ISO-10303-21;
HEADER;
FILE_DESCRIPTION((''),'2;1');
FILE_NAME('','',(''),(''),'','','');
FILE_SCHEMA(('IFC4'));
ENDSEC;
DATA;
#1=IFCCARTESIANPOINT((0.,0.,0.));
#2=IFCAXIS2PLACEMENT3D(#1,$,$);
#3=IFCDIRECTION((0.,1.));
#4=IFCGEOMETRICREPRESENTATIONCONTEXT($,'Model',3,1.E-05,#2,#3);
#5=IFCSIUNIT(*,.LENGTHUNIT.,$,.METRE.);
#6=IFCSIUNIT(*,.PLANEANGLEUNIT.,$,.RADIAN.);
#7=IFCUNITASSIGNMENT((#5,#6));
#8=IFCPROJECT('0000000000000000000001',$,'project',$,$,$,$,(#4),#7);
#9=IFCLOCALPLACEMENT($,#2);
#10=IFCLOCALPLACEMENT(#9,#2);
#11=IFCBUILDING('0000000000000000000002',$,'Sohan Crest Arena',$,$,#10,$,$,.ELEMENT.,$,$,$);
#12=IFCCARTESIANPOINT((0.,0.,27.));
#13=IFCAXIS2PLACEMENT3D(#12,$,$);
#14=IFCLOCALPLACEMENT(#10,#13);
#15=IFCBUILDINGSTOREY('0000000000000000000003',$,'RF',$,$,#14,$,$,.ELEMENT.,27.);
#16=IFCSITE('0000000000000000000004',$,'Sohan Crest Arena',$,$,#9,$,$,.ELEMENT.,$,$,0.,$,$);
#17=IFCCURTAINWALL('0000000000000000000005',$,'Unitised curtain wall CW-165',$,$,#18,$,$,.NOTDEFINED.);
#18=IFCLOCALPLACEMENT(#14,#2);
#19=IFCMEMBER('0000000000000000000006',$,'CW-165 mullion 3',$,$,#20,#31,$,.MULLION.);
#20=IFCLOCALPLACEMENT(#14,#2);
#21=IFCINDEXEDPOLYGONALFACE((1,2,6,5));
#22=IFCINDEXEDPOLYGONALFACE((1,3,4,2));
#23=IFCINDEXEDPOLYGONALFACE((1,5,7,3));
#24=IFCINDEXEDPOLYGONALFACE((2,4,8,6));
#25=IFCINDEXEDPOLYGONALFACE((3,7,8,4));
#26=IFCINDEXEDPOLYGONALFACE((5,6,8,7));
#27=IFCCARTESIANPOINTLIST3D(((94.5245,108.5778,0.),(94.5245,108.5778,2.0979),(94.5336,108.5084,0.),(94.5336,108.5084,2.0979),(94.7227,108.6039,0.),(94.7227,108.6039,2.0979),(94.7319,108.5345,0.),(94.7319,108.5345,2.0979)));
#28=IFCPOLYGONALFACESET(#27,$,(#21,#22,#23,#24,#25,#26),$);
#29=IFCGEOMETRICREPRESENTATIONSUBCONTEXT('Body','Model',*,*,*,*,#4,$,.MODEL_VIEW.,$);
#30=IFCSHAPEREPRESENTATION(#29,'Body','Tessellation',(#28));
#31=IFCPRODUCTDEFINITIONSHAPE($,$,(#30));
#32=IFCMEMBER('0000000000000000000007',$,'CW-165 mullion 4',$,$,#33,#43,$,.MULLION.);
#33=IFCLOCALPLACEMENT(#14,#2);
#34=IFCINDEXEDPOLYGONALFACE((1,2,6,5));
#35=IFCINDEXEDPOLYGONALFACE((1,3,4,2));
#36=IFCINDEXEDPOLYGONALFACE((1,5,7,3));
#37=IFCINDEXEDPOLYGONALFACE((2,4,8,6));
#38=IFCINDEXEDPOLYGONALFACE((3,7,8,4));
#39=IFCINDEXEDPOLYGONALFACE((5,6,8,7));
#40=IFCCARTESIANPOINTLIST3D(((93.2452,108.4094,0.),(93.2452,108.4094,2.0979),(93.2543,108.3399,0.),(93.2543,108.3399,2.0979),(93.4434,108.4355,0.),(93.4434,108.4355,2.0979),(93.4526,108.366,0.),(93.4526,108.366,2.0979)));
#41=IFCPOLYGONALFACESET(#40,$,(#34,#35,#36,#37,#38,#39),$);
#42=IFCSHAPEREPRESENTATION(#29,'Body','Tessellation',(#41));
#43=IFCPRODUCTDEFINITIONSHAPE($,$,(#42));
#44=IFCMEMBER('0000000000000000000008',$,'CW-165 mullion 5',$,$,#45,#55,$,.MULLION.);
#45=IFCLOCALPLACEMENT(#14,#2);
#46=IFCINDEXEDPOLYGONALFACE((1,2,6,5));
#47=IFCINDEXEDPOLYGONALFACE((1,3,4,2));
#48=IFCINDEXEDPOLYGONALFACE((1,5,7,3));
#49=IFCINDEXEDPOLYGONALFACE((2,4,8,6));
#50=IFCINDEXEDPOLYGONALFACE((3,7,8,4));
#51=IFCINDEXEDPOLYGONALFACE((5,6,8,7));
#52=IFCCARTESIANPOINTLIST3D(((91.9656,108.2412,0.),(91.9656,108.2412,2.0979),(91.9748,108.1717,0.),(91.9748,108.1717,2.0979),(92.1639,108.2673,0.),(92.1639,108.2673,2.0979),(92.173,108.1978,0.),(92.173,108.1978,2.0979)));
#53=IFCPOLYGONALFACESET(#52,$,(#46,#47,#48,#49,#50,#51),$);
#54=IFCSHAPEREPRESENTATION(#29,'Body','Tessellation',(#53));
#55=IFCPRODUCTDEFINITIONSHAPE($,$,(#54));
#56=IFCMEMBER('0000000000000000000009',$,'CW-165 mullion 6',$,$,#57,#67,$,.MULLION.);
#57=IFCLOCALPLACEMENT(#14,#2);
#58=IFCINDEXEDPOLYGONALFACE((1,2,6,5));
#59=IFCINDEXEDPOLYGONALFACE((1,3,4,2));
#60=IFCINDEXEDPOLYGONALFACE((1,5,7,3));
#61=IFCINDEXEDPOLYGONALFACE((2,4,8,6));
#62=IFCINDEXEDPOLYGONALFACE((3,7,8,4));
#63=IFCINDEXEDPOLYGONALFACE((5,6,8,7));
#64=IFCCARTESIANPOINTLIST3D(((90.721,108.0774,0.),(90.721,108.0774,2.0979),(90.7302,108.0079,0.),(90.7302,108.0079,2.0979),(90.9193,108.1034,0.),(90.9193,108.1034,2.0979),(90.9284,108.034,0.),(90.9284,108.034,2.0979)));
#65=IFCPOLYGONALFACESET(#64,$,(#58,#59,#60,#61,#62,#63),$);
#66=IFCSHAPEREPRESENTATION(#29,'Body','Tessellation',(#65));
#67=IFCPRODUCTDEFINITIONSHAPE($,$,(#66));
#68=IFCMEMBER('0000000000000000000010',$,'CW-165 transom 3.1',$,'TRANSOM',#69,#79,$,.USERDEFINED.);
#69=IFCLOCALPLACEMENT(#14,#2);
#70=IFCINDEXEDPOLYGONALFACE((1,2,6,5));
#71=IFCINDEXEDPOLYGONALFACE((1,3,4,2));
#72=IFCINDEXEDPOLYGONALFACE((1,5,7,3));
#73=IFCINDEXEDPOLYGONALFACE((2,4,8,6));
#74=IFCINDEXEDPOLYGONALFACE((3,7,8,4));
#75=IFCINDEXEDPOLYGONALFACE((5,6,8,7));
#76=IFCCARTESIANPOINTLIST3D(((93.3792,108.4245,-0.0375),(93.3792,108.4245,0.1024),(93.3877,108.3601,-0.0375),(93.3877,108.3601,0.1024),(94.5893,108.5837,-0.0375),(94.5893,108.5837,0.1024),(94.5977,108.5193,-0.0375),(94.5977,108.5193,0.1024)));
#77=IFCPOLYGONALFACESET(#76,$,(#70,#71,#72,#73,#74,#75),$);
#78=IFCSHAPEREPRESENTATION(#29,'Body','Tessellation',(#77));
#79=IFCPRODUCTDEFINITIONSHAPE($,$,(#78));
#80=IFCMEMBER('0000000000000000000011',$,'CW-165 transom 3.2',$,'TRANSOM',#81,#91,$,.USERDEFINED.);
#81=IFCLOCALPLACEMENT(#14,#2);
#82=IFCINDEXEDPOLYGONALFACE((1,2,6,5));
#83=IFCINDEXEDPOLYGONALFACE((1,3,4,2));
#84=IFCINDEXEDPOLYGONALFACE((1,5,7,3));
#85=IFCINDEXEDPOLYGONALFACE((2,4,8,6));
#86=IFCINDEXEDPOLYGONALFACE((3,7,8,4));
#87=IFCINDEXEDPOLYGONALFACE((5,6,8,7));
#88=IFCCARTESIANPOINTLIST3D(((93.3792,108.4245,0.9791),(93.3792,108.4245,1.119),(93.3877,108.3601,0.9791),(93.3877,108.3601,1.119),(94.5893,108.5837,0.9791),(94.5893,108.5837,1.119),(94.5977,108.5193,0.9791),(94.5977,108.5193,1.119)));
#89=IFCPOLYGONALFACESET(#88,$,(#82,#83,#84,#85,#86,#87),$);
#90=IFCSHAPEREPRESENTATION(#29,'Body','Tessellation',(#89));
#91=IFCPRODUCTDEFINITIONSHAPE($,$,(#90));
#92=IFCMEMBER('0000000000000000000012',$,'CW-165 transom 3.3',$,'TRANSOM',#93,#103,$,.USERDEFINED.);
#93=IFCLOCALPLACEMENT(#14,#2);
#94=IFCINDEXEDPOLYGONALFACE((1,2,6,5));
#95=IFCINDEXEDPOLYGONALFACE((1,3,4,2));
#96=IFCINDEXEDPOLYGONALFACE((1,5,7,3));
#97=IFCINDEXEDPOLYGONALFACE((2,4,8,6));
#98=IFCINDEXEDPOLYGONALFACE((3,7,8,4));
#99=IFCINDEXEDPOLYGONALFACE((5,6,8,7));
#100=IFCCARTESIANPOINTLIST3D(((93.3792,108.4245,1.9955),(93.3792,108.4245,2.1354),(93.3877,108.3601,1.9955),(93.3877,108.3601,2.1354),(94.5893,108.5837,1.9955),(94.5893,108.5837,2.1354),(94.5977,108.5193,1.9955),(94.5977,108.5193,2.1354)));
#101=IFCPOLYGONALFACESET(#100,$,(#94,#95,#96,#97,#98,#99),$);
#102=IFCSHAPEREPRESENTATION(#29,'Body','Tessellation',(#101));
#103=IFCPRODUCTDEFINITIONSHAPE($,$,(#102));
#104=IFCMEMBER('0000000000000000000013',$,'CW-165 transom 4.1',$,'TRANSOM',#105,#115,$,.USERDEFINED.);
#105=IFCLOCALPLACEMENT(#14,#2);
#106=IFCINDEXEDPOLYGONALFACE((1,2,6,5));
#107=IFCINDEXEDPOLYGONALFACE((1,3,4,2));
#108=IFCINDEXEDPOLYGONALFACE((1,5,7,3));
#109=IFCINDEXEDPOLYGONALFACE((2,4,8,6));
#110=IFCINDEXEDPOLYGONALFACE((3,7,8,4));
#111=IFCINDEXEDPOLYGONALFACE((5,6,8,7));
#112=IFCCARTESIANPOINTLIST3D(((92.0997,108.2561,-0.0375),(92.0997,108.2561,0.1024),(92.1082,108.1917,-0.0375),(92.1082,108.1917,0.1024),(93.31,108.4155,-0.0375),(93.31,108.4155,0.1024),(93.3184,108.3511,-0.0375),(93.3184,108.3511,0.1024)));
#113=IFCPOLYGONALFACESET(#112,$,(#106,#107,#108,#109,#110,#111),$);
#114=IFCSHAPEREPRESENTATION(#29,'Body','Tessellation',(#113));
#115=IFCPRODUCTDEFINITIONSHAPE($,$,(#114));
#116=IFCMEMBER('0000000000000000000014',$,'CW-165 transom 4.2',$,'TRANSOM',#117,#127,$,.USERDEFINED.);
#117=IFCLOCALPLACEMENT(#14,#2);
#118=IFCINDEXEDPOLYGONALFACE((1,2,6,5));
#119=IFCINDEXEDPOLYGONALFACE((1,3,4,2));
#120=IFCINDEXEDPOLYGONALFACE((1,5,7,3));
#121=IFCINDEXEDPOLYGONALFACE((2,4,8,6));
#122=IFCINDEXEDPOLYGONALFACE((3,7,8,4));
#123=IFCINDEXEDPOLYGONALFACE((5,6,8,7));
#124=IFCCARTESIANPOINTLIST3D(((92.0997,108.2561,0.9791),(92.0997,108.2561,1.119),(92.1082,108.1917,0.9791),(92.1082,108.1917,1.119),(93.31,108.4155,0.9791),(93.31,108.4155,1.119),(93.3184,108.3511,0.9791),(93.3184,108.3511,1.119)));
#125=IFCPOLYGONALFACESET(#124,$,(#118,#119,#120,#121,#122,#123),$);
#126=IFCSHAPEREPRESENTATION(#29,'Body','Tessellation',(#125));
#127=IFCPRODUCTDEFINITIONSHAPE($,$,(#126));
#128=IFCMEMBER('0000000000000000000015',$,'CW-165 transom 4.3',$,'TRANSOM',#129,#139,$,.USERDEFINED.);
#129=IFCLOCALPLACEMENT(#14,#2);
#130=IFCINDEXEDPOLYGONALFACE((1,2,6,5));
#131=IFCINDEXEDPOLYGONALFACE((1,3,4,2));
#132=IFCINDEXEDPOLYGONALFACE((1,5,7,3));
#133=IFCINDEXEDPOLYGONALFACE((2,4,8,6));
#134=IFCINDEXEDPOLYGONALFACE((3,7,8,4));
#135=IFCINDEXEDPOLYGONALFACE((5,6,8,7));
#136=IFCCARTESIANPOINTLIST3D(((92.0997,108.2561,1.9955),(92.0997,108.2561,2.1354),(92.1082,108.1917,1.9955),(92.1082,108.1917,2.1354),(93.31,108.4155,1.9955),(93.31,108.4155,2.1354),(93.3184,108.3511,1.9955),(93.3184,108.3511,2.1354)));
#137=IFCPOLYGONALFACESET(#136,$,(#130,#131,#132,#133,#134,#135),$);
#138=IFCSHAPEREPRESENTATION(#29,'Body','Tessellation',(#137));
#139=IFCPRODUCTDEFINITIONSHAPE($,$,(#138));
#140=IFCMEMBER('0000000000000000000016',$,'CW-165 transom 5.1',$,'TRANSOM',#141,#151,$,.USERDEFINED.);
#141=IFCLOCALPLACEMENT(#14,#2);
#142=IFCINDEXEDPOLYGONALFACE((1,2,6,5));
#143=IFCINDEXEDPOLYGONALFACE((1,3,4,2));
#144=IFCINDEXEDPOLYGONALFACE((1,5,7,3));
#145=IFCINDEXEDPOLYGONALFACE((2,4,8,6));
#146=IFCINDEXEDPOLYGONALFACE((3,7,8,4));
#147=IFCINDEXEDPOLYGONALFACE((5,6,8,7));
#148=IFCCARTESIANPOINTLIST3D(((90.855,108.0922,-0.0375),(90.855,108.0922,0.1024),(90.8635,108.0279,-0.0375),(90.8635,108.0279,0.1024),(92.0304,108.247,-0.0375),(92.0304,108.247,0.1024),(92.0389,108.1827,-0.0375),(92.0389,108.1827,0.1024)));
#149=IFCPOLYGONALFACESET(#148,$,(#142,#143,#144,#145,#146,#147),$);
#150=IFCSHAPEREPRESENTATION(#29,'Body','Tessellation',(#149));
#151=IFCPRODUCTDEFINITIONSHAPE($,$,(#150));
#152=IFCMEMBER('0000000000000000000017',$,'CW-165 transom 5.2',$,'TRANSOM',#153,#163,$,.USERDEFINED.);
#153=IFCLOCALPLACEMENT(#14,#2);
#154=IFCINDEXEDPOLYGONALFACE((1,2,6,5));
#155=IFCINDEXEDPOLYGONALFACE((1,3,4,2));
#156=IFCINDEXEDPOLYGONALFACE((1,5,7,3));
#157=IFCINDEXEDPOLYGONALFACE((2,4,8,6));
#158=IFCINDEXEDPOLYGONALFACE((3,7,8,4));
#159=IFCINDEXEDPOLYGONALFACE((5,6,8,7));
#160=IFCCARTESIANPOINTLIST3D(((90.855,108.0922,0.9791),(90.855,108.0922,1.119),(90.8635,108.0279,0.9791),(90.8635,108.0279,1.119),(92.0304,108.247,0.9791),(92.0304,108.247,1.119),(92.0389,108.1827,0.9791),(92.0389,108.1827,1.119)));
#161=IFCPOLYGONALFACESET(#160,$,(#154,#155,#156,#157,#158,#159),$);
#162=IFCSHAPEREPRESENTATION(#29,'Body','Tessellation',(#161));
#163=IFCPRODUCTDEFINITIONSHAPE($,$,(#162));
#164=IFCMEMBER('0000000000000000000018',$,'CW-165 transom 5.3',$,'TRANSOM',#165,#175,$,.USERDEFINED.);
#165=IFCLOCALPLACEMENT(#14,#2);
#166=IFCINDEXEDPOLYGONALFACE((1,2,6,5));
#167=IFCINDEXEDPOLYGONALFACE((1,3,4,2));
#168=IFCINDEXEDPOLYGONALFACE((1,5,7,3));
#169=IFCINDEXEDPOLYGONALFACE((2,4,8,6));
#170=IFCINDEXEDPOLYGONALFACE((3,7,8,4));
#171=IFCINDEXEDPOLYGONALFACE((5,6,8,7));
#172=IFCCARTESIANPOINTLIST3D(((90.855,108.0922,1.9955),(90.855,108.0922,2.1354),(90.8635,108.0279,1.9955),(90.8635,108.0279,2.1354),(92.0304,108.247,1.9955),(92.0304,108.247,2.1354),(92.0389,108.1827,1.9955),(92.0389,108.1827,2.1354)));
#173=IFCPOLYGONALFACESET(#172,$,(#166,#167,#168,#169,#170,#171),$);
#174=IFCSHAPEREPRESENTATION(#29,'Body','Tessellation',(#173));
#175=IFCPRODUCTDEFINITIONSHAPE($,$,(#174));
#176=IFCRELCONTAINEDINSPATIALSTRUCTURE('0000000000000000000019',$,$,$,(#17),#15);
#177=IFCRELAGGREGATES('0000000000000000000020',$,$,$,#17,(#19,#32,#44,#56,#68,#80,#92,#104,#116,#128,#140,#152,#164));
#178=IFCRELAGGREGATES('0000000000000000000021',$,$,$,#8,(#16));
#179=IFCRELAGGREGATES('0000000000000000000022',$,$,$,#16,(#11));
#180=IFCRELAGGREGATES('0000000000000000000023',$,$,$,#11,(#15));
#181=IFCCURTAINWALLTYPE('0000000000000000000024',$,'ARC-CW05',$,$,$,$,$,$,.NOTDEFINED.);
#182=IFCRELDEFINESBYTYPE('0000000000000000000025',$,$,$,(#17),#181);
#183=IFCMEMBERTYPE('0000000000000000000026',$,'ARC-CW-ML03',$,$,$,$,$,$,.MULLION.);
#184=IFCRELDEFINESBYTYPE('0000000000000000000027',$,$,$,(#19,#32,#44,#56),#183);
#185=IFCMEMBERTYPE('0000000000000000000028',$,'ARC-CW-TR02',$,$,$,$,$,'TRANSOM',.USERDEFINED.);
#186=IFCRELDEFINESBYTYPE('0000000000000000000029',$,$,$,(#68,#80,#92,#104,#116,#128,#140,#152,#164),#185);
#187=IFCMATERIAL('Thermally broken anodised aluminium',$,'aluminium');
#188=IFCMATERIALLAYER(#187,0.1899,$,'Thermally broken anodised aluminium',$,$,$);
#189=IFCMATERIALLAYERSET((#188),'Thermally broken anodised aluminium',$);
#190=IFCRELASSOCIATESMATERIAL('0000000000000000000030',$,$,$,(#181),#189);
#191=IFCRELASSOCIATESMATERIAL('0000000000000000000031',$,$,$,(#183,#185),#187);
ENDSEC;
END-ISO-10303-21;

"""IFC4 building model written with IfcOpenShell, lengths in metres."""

from ifc_helpers import new_model, si_unit, direction, frame, origin, origin_2d, place, context, subcontext, project, spatial, rectangle, extrude, material, layer, layer_set, material_profile, profile_set, type_object, element, aggregate, save


model = new_model("IFC4")

# Units and contexts
model_context = context("Model", 3, precision=1e-05, world=origin(), true_north=direction((0.0, 1.0)))
body_context = subcontext(model_context, "Body", "Model", "MODEL_VIEW")
ifc_project = project(units=[si_unit("LENGTHUNIT", "METRE"), si_unit("PLANEANGLEUNIT", "RADIAN")], contexts=[model_context])

# Site, building, storey
site_placement = place(None, origin())
site = spatial("IfcSite", under=ifc_project, at=site_placement, Name="Sohan Crest Arena", CompositionType="ELEMENT", RefElevation=0.0)
building_placement = place(site_placement, origin())
building = spatial("IfcBuilding", under=site, at=building_placement, Name="Sohan Crest Arena", CompositionType="ELEMENT")
storey_placement = place(building_placement, frame((0.0, 0.0, 27.0)))
storey = spatial("IfcBuildingStorey", under=building, at=storey_placement, Name="RF", CompositionType="ELEMENT", Elevation=27.0)

# Curtain wall, members
ifc_material_1 = material(Name="Thermally broken anodised aluminium", Category="aluminium")
ifc_layer_1 = layer(ifc_material_1, 0.1899, Name="Thermally broken anodised aluminium")
ifc_layer_set_1 = layer_set([ifc_layer_1], Name="Thermally broken anodised aluminium")
curtain_wall_type = type_object("IfcCurtainWallType", Name="ARC-CW05", PredefinedType="NOTDEFINED", material=ifc_layer_set_1)
curtain_wall_placement = place(storey_placement, origin())
curtain_wall = element("IfcCurtainWall", 1, at=curtain_wall_placement, inside=storey, type_object=curtain_wall_type, Name="Unitised curtain wall CW-165", PredefinedType="NOTDEFINED")
ifc_material_profile_1 = material_profile(ifc_material_1, rectangle(XDim=0.0701, YDim=0.2, at=origin_2d()), Name="ALU-MULL 70x200")
ifc_profile_set_1 = profile_set([ifc_material_profile_1], Name="Thermally broken anodised aluminium")
member_type_1 = type_object("IfcMemberType", Name="ARC-CW-ML03", PredefinedType="MULLION", material=ifc_profile_set_1)
member_1_placement = place(storey_placement, frame((94.6282, 108.5562, 0.0), z_axis=(0.0, 0.0, 1.0), x_axis=(0.130499, -0.991448, 0.0)))
member_1 = element("IfcMember", 2, at=member_1_placement, type_object=member_type_1, Name="CW-165 mullion 3", PredefinedType="MULLION", context=body_context, shape_type="SweptSolid", body=[
    extrude(rectangle(XDim=0.0701, YDim=0.2, at=origin_2d()), origin(), (0.0, 0.0, 1.0), 2.0979),
])
member_2_placement = place(storey_placement, frame((93.3489, 108.3877, 0.0), z_axis=(0.0, 0.0, 1.0), x_axis=(0.130499, -0.991448, 0.0)))
member_2 = element("IfcMember", 3, at=member_2_placement, type_object=member_type_1, Name="CW-165 mullion 4", PredefinedType="MULLION", context=body_context, shape_type="SweptSolid", body=[
    extrude(rectangle(XDim=0.0701, YDim=0.2, at=origin_2d()), origin(), (0.0, 0.0, 1.0), 2.0979),
])
member_3_placement = place(storey_placement, frame((92.0693, 108.2195, 0.0), z_axis=(0.0, 0.0, 1.0), x_axis=(0.130499, -0.991448, 0.0)))
member_3 = element("IfcMember", 4, at=member_3_placement, type_object=member_type_1, Name="CW-165 mullion 5", PredefinedType="MULLION", context=body_context, shape_type="SweptSolid", body=[
    extrude(rectangle(XDim=0.0701, YDim=0.2, at=origin_2d()), origin(), (0.0, 0.0, 1.0), 2.0979),
])
member_4_placement = place(storey_placement, frame((90.8247, 108.0557, 0.0), z_axis=(0.0, 0.0, 1.0), x_axis=(0.130499, -0.991448, 0.0)))
member_4 = element("IfcMember", 5, at=member_4_placement, type_object=member_type_1, Name="CW-165 mullion 6", PredefinedType="MULLION", context=body_context, shape_type="SweptSolid", body=[
    extrude(rectangle(XDim=0.0701, YDim=0.2, at=origin_2d()), origin(), (0.0, 0.0, 1.0), 2.0979),
])
ifc_material_profile_2 = material_profile(ifc_material_1, rectangle(XDim=0.0649, YDim=0.1399, at=origin_2d()), Name="ALU-TRAN 65x140")
ifc_profile_set_2 = profile_set([ifc_material_profile_2], Name="Thermally broken anodised aluminium")
member_type_2 = type_object("IfcMemberType", Name="ARC-CW-TR02", ElementType="TRANSOM", PredefinedType="USERDEFINED", material=ifc_profile_set_2)
member_5_placement = place(storey_placement, frame((94.5935, 108.5515, 0.0325), z_axis=(-0.991457, -0.130434, 0.0), x_axis=(0.130434, -0.991457, 0.0)))
member_5 = element("IfcMember", 6, at=member_5_placement, type_object=member_type_2, Name="CW-165 transom 3.1", ObjectType="TRANSOM", PredefinedType="USERDEFINED", context=body_context, shape_type="SweptSolid", body=[
    extrude(rectangle(XDim=0.0649, YDim=0.1399, at=origin_2d()), origin(), (0.0, 0.0, 1.0), 1.2205),
])
member_6_placement = place(storey_placement, frame((94.5935, 108.5515, 1.0491), z_axis=(-0.991457, -0.130434, 0.0), x_axis=(0.130434, -0.991457, 0.0)))
member_6 = element("IfcMember", 7, at=member_6_placement, type_object=member_type_2, Name="CW-165 transom 3.2", ObjectType="TRANSOM", PredefinedType="USERDEFINED", context=body_context, shape_type="SweptSolid", body=[
    extrude(rectangle(XDim=0.0649, YDim=0.1399, at=origin_2d()), origin(), (0.0, 0.0, 1.0), 1.2205),
])
member_7_placement = place(storey_placement, frame((94.5935, 108.5515, 2.0654), z_axis=(-0.991457, -0.130434, 0.0), x_axis=(0.130434, -0.991457, 0.0)))
member_7 = element("IfcMember", 8, at=member_7_placement, type_object=member_type_2, Name="CW-165 transom 3.3", ObjectType="TRANSOM", PredefinedType="USERDEFINED", context=body_context, shape_type="SweptSolid", body=[
    extrude(rectangle(XDim=0.0649, YDim=0.1399, at=origin_2d()), origin(), (0.0, 0.0, 1.0), 1.2205),
])
member_8_placement = place(storey_placement, frame((93.3142, 108.3833, 0.0325), z_axis=(-0.991435, -0.130605, 0.0), x_axis=(0.130605, -0.991435, 0.0)))
member_8 = element("IfcMember", 9, at=member_8_placement, type_object=member_type_2, Name="CW-165 transom 4.1", ObjectType="TRANSOM", PredefinedType="USERDEFINED", context=body_context, shape_type="SweptSolid", body=[
    extrude(rectangle(XDim=0.0649, YDim=0.1399, at=origin_2d()), origin(), (0.0, 0.0, 1.0), 1.2207),
])
member_9_placement = place(storey_placement, frame((93.3142, 108.3833, 1.0491), z_axis=(-0.991435, -0.130605, 0.0), x_axis=(0.130605, -0.991435, 0.0)))
member_9 = element("IfcMember", 10, at=member_9_placement, type_object=member_type_2, Name="CW-165 transom 4.2", ObjectType="TRANSOM", PredefinedType="USERDEFINED", context=body_context, shape_type="SweptSolid", body=[
    extrude(rectangle(XDim=0.0649, YDim=0.1399, at=origin_2d()), origin(), (0.0, 0.0, 1.0), 1.2207),
])
member_10_placement = place(storey_placement, frame((93.3142, 108.3833, 2.0654), z_axis=(-0.991435, -0.130605, 0.0), x_axis=(0.130605, -0.991435, 0.0)))
member_10 = element("IfcMember", 11, at=member_10_placement, type_object=member_type_2, Name="CW-165 transom 4.3", ObjectType="TRANSOM", PredefinedType="USERDEFINED", context=body_context, shape_type="SweptSolid", body=[
    extrude(rectangle(XDim=0.0649, YDim=0.1399, at=origin_2d()), origin(), (0.0, 0.0, 1.0), 1.2207),
])
member_11_placement = place(storey_placement, frame((92.0347, 108.2148, 0.0325), z_axis=(-0.991439, -0.130572, 0.0), x_axis=(0.130572, -0.991439, 0.0)))
member_11 = element("IfcMember", 12, at=member_11_placement, type_object=member_type_2, Name="CW-165 transom 5.1", ObjectType="TRANSOM", PredefinedType="USERDEFINED", context=body_context, shape_type="SweptSolid", body=[
    extrude(rectangle(XDim=0.0649, YDim=0.1399, at=origin_2d()), origin(), (0.0, 0.0, 1.0), 1.1855),
])
member_12_placement = place(storey_placement, frame((92.0347, 108.2148, 1.0491), z_axis=(-0.991439, -0.130572, 0.0), x_axis=(0.130572, -0.991439, 0.0)))
member_12 = element("IfcMember", 13, at=member_12_placement, type_object=member_type_2, Name="CW-165 transom 5.2", ObjectType="TRANSOM", PredefinedType="USERDEFINED", context=body_context, shape_type="SweptSolid", body=[
    extrude(rectangle(XDim=0.0649, YDim=0.1399, at=origin_2d()), origin(), (0.0, 0.0, 1.0), 1.1855),
])
member_13_placement = place(storey_placement, frame((92.0347, 108.2148, 2.0654), z_axis=(-0.991439, -0.130572, 0.0), x_axis=(0.130572, -0.991439, 0.0)))
member_13 = element("IfcMember", 14, at=member_13_placement, type_object=member_type_2, Name="CW-165 transom 5.3", ObjectType="TRANSOM", PredefinedType="USERDEFINED", context=body_context, shape_type="SweptSolid", body=[
    extrude(rectangle(XDim=0.0649, YDim=0.1399, at=origin_2d()), origin(), (0.0, 0.0, 1.0), 1.1855),
])

aggregate(curtain_wall, [member_1, member_2, member_3, member_4, member_5, member_6, member_7, member_8, member_9, member_10, member_11, member_12, member_13])

save(model, "model.ifc")
